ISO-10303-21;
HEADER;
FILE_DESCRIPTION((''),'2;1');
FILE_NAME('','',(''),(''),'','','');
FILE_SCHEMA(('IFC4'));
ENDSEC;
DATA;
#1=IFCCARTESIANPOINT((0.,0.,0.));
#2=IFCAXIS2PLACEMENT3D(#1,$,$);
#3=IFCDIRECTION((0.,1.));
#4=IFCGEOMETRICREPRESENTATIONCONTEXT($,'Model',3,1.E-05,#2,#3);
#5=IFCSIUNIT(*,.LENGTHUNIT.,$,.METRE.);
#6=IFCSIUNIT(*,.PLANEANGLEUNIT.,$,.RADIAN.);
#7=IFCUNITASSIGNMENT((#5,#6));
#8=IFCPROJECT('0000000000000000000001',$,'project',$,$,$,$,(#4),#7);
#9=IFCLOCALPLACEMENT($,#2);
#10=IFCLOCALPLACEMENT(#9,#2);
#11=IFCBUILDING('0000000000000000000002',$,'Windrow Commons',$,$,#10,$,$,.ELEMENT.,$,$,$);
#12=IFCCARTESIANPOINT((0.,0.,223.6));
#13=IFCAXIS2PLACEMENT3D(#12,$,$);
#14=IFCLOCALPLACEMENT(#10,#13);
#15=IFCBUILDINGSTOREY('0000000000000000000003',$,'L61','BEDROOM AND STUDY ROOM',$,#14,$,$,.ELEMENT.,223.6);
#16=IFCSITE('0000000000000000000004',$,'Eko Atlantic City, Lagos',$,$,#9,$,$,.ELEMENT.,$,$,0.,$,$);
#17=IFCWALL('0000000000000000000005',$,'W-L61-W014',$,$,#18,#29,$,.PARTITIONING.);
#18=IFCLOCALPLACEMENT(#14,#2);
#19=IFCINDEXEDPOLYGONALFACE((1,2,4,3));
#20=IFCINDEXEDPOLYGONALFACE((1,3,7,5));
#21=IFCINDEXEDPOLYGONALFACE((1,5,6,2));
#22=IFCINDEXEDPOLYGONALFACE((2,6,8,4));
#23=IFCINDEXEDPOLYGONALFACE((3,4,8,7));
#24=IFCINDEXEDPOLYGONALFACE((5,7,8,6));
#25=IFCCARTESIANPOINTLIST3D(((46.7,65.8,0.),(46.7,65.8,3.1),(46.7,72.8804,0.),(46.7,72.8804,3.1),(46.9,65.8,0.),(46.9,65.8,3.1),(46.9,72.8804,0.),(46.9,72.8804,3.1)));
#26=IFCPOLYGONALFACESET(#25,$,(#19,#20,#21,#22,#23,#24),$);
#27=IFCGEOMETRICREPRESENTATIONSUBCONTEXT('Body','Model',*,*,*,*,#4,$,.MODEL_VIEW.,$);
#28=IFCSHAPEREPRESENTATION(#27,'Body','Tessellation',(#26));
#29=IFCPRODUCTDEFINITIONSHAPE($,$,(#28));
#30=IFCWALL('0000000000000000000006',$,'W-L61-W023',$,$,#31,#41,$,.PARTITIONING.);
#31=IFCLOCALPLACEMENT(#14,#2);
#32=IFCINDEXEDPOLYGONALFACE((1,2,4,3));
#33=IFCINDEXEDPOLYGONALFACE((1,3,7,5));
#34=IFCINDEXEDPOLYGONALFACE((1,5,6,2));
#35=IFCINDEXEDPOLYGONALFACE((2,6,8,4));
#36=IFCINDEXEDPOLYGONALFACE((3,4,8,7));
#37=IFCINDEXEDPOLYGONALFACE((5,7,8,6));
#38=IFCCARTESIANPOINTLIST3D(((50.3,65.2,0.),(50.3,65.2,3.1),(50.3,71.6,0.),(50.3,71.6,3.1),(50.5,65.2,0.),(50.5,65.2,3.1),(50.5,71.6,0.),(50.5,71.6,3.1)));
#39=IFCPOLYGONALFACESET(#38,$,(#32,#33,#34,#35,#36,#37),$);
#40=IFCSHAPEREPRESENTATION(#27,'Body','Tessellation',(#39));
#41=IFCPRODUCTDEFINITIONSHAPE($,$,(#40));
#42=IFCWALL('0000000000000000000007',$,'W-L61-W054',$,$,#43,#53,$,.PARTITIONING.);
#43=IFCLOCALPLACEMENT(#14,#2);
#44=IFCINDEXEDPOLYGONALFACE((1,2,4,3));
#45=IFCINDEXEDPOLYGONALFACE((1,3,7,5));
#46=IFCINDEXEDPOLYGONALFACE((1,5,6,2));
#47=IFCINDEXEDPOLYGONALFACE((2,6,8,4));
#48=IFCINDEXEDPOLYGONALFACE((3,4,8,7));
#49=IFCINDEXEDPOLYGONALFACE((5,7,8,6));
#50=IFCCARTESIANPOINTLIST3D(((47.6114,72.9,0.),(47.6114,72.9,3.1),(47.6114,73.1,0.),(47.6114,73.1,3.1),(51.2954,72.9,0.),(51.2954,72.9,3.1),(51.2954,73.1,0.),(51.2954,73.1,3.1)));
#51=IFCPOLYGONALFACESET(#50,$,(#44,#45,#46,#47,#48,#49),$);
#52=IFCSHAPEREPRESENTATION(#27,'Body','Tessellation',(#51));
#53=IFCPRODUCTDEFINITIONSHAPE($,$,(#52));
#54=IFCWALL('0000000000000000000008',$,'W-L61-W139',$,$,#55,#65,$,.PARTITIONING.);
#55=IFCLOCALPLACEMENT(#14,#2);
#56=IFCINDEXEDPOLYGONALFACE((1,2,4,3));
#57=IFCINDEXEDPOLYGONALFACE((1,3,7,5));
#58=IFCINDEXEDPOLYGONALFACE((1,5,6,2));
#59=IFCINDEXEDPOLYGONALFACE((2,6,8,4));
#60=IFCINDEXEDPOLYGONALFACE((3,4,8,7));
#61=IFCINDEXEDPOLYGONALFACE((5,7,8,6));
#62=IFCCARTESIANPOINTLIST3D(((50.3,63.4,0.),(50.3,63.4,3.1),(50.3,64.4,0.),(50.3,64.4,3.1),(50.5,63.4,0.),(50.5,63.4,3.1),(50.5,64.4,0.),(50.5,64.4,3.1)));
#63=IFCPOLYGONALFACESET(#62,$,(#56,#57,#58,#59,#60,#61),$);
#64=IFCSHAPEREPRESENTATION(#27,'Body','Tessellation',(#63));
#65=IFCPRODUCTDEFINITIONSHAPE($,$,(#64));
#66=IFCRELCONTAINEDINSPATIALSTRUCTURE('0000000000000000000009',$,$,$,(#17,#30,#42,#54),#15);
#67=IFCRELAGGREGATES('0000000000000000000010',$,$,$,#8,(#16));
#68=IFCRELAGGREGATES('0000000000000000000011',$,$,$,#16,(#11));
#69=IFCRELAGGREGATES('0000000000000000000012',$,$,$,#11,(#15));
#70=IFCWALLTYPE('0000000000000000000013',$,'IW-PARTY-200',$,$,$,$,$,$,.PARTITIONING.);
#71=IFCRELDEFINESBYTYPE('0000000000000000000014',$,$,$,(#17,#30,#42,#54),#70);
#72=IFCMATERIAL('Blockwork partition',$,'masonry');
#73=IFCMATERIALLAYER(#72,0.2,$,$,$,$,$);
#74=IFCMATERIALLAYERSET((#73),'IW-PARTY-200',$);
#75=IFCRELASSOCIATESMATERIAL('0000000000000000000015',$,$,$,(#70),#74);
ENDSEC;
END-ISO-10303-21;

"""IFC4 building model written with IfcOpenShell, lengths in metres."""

from ifc_helpers import new_model, si_unit, direction, frame, frame_2d, origin, place, context, subcontext, project, spatial, rectangle, extrude, material, layer, layer_set, type_object, element, save


model = new_model("IFC4")

# Units and contexts
model_context = context("Model", 3, precision=1e-05, world=origin(), true_north=direction((0.0, 1.0)))
body_context = subcontext(model_context, "Body", "Model", "MODEL_VIEW")
ifc_project = project(units=[si_unit("LENGTHUNIT", "METRE"), si_unit("PLANEANGLEUNIT", "RADIAN")], contexts=[model_context])

# Site, building, storey
site_placement = place(None, origin())
site = spatial("IfcSite", under=ifc_project, at=site_placement, Name="Eko Atlantic City, Lagos", CompositionType="ELEMENT", RefElevation=0.0)
building_placement = place(site_placement, origin())
building = spatial("IfcBuilding", under=site, at=building_placement, Name="Windrow Commons", CompositionType="ELEMENT")
storey_placement = place(building_placement, frame((0.0, 0.0, 223.6)))
storey = spatial("IfcBuildingStorey", under=building, at=storey_placement, Name="L61", Description="BEDROOM AND STUDY ROOM", CompositionType="ELEMENT", Elevation=223.6)

# Walls
ifc_material_1 = material(Name="Blockwork partition", Category="masonry")
ifc_layer_1 = layer(ifc_material_1, 0.2)
ifc_layer_set_1 = layer_set([ifc_layer_1], Name="IW-PARTY-200")
wall_type_1 = type_object("IfcWallType", Name="IW-PARTY-200", PredefinedType="PARTITIONING", material=ifc_layer_set_1)
wall_1_placement = place(storey_placement, frame((46.8, 65.8, 0.0), z_axis=(0.0, 0.0, 1.0), x_axis=(0.0, 1.0, 0.0)))
element("IfcWall", 1, at=wall_1_placement, inside=storey, type_object=wall_type_1, Name="W-L61-W014", PredefinedType="PARTITIONING", context=body_context, shape_type="SweptSolid", body=[
    extrude(rectangle(XDim=7.0805, YDim=0.2, at=frame_2d((3.5402, 0.0))), origin(), (0.0, 0.0, 1.0), 3.1),
])
wall_2_placement = place(storey_placement, frame((50.4, 65.2, 0.0), z_axis=(0.0, 0.0, 1.0), x_axis=(0.0, 1.0, 0.0)))
element("IfcWall", 2, at=wall_2_placement, inside=storey, type_object=wall_type_1, Name="W-L61-W023", PredefinedType="PARTITIONING", context=body_context, shape_type="SweptSolid", body=[
    extrude(rectangle(XDim=6.4, YDim=0.2, at=frame_2d((3.2, 0.0))), origin(), (0.0, 0.0, 1.0), 3.1),
])
wall_3_placement = place(storey_placement, frame((47.6115, 73.0, 0.0), z_axis=(0.0, 0.0, 1.0), x_axis=(1.0, 0.0, 0.0)))
element("IfcWall", 3, at=wall_3_placement, inside=storey, type_object=wall_type_1, Name="W-L61-W054", PredefinedType="PARTITIONING", context=body_context, shape_type="SweptSolid", body=[
    extrude(rectangle(XDim=3.6839, YDim=0.2, at=frame_2d((1.8419, 0.0))), origin(), (0.0, 0.0, 1.0), 3.1),
])
wall_4_placement = place(storey_placement, frame((50.4, 63.4, 0.0), z_axis=(0.0, 0.0, 1.0), x_axis=(0.0, 1.0, 0.0)))
element("IfcWall", 4, at=wall_4_placement, inside=storey, type_object=wall_type_1, Name="W-L61-W139", PredefinedType="PARTITIONING", context=body_context, shape_type="SweptSolid", body=[
    extrude(rectangle(XDim=1.0, YDim=0.2, at=frame_2d((0.5, 0.0))), origin(), (0.0, 0.0, 1.0), 3.1),
])

save(model, "model.ifc")
